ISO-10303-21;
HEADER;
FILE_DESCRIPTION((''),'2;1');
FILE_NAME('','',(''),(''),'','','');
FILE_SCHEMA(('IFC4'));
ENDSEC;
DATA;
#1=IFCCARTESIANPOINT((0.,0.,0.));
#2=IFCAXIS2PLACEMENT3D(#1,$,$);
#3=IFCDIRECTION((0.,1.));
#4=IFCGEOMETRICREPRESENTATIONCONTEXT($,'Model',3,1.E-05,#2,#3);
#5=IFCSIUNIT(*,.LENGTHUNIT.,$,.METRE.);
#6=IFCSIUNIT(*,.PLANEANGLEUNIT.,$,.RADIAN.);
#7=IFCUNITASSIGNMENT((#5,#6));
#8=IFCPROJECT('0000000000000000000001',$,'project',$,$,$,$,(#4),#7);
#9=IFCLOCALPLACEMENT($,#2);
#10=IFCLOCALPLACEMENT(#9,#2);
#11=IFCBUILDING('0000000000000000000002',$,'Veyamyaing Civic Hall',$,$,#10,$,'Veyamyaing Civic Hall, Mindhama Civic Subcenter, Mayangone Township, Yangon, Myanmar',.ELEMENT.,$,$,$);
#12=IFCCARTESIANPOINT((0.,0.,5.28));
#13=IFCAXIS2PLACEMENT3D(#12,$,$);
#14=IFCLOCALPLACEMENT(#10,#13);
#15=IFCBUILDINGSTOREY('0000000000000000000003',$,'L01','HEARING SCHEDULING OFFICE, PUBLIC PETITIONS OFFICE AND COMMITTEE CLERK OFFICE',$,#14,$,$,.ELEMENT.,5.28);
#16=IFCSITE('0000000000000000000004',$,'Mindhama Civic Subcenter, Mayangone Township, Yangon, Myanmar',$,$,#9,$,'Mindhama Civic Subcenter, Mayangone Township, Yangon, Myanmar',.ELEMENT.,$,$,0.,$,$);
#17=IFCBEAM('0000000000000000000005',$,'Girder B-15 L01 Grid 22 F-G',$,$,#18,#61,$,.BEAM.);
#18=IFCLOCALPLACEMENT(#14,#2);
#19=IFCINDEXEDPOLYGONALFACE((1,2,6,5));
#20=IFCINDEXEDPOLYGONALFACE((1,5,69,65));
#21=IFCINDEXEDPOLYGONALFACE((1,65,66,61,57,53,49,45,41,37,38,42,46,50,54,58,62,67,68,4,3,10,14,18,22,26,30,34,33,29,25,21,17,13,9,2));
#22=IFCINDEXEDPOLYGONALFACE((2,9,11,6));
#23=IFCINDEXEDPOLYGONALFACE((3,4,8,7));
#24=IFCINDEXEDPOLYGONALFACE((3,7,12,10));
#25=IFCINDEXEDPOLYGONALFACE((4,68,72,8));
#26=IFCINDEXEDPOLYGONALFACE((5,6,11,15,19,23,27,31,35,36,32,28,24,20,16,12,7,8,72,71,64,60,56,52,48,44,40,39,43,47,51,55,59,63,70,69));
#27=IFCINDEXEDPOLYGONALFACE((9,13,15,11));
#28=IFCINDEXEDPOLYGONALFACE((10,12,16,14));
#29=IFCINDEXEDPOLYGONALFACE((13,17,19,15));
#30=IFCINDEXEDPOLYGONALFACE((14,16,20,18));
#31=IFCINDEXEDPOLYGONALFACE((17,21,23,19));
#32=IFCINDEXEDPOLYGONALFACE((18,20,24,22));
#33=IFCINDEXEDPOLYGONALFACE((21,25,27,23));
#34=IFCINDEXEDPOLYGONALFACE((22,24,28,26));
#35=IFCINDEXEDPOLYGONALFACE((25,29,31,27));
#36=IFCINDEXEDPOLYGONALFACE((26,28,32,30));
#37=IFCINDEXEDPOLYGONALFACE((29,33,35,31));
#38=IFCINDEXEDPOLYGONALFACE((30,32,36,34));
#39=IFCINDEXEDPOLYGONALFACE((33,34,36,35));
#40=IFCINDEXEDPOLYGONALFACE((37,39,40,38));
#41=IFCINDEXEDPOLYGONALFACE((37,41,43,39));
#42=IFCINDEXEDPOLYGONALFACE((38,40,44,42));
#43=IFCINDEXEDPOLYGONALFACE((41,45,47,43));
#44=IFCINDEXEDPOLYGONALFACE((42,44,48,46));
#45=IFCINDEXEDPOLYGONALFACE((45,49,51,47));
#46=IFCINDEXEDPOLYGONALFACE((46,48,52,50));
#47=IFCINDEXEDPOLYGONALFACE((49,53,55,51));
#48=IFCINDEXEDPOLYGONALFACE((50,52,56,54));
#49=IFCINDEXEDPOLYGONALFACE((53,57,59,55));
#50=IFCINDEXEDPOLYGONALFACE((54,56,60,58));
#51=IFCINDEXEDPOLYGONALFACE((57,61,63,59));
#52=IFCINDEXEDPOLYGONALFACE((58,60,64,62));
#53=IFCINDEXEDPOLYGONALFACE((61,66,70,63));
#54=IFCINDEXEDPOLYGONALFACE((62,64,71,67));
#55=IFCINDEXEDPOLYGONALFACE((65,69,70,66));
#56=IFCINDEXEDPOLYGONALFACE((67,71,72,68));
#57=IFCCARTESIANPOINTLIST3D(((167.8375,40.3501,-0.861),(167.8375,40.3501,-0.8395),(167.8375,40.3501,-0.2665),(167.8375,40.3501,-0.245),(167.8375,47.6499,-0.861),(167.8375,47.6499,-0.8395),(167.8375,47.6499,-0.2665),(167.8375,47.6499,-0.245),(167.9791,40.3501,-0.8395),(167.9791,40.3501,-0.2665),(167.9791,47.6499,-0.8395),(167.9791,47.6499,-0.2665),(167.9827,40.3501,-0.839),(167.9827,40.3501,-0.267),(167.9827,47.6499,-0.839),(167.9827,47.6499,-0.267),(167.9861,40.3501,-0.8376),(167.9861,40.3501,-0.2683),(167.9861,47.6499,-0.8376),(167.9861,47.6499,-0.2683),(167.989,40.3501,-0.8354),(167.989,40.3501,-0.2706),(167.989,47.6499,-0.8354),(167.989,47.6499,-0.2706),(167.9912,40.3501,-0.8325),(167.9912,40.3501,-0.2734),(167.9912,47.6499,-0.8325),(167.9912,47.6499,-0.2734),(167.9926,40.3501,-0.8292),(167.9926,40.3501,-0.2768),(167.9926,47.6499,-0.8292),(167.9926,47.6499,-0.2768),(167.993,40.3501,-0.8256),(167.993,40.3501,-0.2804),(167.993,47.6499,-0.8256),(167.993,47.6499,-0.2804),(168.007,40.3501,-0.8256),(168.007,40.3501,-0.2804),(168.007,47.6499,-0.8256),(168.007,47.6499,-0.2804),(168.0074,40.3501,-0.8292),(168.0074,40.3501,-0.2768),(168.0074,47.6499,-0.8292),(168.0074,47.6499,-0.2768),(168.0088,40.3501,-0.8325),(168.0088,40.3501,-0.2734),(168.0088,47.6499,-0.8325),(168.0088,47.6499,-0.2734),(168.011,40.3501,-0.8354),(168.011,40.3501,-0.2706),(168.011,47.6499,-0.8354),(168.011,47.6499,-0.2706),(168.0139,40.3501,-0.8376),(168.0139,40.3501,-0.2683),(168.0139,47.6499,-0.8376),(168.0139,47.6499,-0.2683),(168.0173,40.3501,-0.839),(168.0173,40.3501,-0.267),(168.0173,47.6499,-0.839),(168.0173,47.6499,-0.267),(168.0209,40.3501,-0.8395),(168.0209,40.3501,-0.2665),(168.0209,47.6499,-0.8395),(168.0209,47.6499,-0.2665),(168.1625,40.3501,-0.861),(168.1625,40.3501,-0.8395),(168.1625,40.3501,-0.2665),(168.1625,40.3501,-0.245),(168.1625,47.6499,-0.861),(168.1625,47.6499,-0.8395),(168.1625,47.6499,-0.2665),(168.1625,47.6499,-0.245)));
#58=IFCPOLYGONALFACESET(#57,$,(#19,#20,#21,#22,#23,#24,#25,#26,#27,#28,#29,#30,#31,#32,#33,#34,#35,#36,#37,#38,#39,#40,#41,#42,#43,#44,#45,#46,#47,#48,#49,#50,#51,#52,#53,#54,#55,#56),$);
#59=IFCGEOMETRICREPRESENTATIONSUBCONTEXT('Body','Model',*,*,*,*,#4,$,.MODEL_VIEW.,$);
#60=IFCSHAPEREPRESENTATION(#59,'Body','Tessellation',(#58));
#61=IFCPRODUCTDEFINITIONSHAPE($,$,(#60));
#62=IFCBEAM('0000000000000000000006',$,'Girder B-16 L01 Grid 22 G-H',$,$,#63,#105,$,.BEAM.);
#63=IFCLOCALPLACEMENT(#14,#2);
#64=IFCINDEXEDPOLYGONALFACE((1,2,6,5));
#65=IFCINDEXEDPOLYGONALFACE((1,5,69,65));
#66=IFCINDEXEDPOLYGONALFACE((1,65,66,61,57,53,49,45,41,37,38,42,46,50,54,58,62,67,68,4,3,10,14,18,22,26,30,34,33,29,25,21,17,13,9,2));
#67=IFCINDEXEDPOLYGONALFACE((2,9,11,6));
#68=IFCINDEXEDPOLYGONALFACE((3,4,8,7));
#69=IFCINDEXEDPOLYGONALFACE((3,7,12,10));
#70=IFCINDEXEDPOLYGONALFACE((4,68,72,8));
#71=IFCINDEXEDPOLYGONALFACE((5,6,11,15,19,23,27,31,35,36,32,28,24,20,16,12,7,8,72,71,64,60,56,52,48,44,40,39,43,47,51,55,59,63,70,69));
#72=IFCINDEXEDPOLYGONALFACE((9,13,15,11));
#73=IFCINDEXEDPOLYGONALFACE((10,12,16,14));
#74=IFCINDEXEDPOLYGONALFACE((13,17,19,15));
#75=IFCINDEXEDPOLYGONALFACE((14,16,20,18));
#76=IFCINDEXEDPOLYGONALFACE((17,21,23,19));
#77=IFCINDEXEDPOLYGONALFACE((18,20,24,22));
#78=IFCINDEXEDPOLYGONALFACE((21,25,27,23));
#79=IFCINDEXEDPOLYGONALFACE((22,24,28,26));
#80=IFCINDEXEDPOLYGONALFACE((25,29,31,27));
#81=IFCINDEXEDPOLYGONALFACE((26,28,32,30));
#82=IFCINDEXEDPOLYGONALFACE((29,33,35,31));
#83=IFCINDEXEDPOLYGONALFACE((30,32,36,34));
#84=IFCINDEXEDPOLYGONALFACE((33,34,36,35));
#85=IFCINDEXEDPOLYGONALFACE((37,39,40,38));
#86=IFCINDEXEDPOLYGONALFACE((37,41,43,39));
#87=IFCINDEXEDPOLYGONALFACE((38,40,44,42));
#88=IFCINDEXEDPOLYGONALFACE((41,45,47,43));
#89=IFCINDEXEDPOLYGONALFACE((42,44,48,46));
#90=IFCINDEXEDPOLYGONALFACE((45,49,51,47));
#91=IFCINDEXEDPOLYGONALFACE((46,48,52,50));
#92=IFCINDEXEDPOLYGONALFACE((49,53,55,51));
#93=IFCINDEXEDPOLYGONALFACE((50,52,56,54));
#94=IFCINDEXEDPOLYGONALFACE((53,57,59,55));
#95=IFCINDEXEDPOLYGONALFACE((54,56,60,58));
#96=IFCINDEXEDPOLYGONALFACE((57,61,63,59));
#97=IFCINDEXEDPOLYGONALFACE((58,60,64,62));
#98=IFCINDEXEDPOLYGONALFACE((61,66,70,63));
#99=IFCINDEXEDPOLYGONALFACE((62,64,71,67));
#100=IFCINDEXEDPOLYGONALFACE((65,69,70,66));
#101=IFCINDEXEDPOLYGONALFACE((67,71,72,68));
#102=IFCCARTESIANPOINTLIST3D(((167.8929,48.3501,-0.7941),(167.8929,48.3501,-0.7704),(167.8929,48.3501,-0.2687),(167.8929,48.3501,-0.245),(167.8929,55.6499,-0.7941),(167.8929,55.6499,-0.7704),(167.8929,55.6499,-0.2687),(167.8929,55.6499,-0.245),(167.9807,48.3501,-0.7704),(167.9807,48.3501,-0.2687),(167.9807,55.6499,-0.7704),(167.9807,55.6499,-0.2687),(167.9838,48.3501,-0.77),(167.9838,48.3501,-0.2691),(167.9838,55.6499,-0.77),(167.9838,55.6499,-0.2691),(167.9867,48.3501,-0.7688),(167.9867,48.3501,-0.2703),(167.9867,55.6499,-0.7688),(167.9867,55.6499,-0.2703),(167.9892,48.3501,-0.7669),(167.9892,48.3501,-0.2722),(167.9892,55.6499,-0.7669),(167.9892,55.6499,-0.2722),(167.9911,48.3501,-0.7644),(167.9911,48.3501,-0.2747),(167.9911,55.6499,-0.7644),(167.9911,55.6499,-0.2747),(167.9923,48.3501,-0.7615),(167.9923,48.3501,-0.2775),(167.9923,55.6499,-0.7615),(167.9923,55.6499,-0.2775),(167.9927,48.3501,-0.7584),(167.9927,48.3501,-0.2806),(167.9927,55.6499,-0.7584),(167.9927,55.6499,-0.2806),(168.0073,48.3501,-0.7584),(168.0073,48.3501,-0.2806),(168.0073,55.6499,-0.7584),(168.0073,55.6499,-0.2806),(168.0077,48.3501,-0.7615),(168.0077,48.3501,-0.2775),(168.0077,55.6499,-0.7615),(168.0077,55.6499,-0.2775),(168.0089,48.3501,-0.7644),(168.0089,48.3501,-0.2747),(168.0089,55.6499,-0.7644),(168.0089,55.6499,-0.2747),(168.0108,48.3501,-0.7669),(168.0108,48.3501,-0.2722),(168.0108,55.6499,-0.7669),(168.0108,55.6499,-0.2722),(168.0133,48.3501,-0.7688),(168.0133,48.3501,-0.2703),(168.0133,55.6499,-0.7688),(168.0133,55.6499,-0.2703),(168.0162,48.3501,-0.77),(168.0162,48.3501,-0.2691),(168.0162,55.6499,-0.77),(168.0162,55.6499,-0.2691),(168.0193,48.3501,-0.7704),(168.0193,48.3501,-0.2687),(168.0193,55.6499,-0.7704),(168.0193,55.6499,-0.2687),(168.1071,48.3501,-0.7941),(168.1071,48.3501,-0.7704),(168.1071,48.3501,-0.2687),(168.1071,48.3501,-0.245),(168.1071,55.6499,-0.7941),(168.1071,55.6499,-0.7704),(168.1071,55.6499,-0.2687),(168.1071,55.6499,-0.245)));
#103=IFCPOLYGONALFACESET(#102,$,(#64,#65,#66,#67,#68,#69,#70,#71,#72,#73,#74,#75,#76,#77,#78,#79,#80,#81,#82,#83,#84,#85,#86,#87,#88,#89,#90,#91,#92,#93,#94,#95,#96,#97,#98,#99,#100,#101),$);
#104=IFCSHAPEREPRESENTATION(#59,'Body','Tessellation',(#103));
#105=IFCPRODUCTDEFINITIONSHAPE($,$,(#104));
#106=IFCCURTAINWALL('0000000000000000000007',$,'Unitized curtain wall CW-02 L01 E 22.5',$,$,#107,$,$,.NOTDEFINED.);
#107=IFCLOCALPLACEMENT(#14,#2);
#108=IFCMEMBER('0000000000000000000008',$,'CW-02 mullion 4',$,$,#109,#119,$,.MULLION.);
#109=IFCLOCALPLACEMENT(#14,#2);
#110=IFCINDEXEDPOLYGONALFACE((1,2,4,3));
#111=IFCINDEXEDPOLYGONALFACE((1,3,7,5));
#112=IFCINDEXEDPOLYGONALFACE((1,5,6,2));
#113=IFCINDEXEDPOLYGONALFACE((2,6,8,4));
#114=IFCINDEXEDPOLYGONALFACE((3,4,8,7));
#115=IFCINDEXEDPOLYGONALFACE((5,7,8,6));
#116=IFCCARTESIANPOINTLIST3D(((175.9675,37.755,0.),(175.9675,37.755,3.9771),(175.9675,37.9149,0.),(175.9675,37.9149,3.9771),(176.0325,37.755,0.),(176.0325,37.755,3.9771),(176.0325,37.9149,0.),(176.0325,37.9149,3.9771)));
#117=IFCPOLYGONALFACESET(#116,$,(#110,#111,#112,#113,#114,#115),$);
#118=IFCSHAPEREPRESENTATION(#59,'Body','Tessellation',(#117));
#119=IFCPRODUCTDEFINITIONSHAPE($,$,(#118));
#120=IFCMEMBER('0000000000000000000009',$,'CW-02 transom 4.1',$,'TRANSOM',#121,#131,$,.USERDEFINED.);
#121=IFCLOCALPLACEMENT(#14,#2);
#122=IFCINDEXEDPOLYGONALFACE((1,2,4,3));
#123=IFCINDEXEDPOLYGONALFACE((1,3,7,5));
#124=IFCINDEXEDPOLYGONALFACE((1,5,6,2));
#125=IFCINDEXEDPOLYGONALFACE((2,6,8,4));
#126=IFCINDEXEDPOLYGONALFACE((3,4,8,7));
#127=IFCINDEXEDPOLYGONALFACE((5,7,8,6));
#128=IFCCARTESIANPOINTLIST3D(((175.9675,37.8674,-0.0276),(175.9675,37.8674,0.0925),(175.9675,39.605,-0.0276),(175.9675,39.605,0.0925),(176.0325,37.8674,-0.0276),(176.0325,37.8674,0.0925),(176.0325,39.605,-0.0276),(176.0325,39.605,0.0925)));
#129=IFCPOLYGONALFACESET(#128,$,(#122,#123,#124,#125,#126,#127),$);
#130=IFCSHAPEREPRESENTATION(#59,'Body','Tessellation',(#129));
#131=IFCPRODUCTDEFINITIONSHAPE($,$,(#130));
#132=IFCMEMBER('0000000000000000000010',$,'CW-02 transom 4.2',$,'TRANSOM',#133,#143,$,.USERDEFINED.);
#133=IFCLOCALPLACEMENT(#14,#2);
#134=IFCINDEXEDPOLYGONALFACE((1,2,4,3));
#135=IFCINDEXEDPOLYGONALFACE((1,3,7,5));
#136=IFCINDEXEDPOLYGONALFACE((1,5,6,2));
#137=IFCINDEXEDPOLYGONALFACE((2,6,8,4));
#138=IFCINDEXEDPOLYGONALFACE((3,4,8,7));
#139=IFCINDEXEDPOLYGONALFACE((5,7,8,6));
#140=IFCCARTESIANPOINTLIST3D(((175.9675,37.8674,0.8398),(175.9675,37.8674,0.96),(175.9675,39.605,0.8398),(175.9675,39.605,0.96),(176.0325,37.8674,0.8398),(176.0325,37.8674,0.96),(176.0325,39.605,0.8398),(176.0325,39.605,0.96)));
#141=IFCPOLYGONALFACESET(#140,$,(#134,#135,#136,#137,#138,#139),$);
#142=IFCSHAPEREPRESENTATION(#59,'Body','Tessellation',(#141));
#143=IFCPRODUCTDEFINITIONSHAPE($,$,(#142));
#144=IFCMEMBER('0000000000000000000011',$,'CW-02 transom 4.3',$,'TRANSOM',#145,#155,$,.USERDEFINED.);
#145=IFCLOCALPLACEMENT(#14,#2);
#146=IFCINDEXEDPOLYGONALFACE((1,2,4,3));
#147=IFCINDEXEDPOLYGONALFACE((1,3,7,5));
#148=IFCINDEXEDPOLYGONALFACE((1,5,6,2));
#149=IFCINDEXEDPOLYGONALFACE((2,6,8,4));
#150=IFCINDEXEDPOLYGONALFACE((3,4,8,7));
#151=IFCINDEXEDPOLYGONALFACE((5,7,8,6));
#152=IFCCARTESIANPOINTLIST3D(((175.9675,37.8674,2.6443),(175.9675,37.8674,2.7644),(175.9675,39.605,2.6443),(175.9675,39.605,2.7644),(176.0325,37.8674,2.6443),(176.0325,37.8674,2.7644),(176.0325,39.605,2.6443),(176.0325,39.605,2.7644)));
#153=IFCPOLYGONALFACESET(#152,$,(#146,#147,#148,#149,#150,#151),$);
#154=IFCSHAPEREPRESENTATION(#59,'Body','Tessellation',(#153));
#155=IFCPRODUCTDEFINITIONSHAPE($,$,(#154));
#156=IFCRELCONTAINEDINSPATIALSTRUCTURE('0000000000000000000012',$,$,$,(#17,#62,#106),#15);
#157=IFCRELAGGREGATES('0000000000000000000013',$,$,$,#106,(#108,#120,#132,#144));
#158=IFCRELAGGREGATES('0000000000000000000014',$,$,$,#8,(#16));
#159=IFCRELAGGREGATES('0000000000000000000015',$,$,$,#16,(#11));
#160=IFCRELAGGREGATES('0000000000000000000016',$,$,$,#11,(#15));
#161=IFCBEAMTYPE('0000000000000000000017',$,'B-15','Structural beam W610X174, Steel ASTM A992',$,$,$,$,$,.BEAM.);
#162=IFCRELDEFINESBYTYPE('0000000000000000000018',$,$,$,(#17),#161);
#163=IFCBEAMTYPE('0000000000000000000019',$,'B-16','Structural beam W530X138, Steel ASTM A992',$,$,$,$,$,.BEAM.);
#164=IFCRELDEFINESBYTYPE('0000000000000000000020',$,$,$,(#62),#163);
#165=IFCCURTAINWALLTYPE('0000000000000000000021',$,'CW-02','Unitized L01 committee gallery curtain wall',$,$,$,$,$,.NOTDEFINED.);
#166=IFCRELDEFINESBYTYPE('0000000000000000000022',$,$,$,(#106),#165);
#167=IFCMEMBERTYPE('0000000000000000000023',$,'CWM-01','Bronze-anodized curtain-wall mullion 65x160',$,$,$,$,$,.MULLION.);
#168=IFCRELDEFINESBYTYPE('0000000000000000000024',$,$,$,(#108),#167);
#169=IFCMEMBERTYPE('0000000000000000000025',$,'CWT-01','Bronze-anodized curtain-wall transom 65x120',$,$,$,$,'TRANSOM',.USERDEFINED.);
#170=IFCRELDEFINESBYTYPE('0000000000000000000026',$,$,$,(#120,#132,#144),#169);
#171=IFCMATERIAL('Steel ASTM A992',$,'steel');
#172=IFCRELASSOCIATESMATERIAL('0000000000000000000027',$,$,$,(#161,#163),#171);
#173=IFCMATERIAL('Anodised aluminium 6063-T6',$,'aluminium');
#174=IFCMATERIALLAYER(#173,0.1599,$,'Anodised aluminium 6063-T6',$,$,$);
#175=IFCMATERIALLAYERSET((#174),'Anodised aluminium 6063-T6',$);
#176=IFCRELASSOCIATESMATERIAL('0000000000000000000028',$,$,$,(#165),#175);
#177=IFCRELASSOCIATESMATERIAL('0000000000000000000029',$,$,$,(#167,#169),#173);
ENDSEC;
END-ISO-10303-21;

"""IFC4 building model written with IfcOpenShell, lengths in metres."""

from ifc_helpers import new_model, si_unit, direction, frame, origin, origin_2d, place, context, subcontext, project, spatial, rectangle, i_section, extrude, material, layer, layer_set, material_profile, profile_set, type_object, element, aggregate, save


model = new_model("IFC4")

# Units and contexts
model_context = context("Model", 3, precision=1e-05, world=origin(), true_north=direction((0.0, 1.0)))
body_context = subcontext(model_context, "Body", "Model", "MODEL_VIEW")
ifc_project = project(units=[si_unit("LENGTHUNIT", "METRE"), si_unit("PLANEANGLEUNIT", "RADIAN")], contexts=[model_context])

# Site, building, storey
site_placement = place(None, origin())
site = spatial("IfcSite", under=ifc_project, at=site_placement, Name="Mindhama Civic Subcenter, Mayangone Township, Yangon, Myanmar", LongName="Mindhama Civic Subcenter, Mayangone Township, Yangon, Myanmar", CompositionType="ELEMENT", RefElevation=0.0)
building_placement = place(site_placement, origin())
building = spatial("IfcBuilding", under=site, at=building_placement, Name="Veyamyaing Civic Hall", LongName="Veyamyaing Civic Hall, Mindhama Civic Subcenter, Mayangone Township, Yangon, Myanmar", CompositionType="ELEMENT")
storey_placement = place(building_placement, frame((0.0, 0.0, 5.28)))
storey = spatial("IfcBuildingStorey", under=building, at=storey_placement, Name="L01", Description="HEARING SCHEDULING OFFICE, PUBLIC PETITIONS OFFICE AND COMMITTEE CLERK OFFICE", CompositionType="ELEMENT", Elevation=5.28)

# Beams
ifc_material_1 = material(Name="Steel ASTM A992", Category="steel")
ifc_material_profile_1 = material_profile(ifc_material_1, i_section(OverallWidth=0.325, OverallDepth=0.616, WebThickness=0.0139, FlangeThickness=0.0215, FilletRadius=0.0139, at=origin_2d()), Name="W610X174")
ifc_profile_set_1 = profile_set([ifc_material_profile_1], Name="Steel ASTM A992")
beam_type_1 = type_object("IfcBeamType", Name="B-15", Description="Structural beam W610X174, Steel ASTM A992", PredefinedType="BEAM", material=ifc_profile_set_1)
for number, where, z_axis, x_axis, name in (
    (1, (168.0, 40.3501, -0.553), (0.0, 1.0, 0.0), (-1.0, 0.0, 0.0), "Girder B-15 L01 Grid 22 F-G"),
):
    element("IfcBeam", number, at=place(storey_placement, frame(where, z_axis=z_axis, x_axis=x_axis)), inside=storey, type_object=beam_type_1, Name=name, PredefinedType="BEAM", context=body_context, shape_type="SweptSolid", body=[
        extrude(i_section(OverallWidth=0.325, OverallDepth=0.616, WebThickness=0.0139, FlangeThickness=0.0215, FilletRadius=0.0139, at=origin_2d()), origin(), (0.0, 0.0, 1.0), 7.2998),
    ])
ifc_material_profile_2 = material_profile(ifc_material_1, i_section(OverallWidth=0.2141, OverallDepth=0.5491, WebThickness=0.0146, FlangeThickness=0.0237, FilletRadius=0.012, at=origin_2d()), Name="W530X138")
ifc_profile_set_2 = profile_set([ifc_material_profile_2], Name="Steel ASTM A992")
beam_type_2 = type_object("IfcBeamType", Name="B-16", Description="Structural beam W530X138, Steel ASTM A992", PredefinedType="BEAM", material=ifc_profile_set_2)
beam_placement = place(storey_placement, frame((168.0, 48.3501, -0.5195), z_axis=(0.0, 1.0, 0.0), x_axis=(-1.0, 0.0, 0.0)))
element("IfcBeam", 2, at=beam_placement, inside=storey, type_object=beam_type_2, Name="Girder B-16 L01 Grid 22 G-H", PredefinedType="BEAM", context=body_context, shape_type="SweptSolid", body=[
    extrude(i_section(OverallWidth=0.2141, OverallDepth=0.5491, WebThickness=0.0146, FlangeThickness=0.0237, FilletRadius=0.012, at=origin_2d()), origin(), (0.0, 0.0, 1.0), 7.2998),
])

# Curtain wall, members
ifc_material_2 = material(Name="Anodised aluminium 6063-T6", Category="aluminium")
ifc_layer_1 = layer(ifc_material_2, 0.1599, Name="Anodised aluminium 6063-T6")
ifc_layer_set_1 = layer_set([ifc_layer_1], Name="Anodised aluminium 6063-T6")
curtain_wall_type = type_object("IfcCurtainWallType", Name="CW-02", Description="Unitized L01 committee gallery curtain wall", PredefinedType="NOTDEFINED", material=ifc_layer_set_1)
curtain_wall_placement = place(storey_placement, origin())
curtain_wall = element("IfcCurtainWall", 3, at=curtain_wall_placement, inside=storey, type_object=curtain_wall_type, Name="Unitized curtain wall CW-02 L01 E 22.5", PredefinedType="NOTDEFINED")
ifc_material_profile_3 = material_profile(ifc_material_2, rectangle(XDim=0.0649, YDim=0.1599, at=origin_2d()), Name="ALU-MUL-65X160")
ifc_profile_set_3 = profile_set([ifc_material_profile_3], Name="Anodised aluminium 6063-T6")
member_type_1 = type_object("IfcMemberType", Name="CWM-01", Description="Bronze-anodized curtain-wall mullion 65x160", PredefinedType="MULLION", material=ifc_profile_set_3)
member_1_placement = place(storey_placement, frame((176.0, 37.835, 0.0), z_axis=(0.0, 0.0, 1.0), x_axis=(-1.0, 0.0, 0.0)))
member_1 = element("IfcMember", 4, at=member_1_placement, type_object=member_type_1, Name="CW-02 mullion 4", PredefinedType="MULLION", context=body_context, shape_type="SweptSolid", body=[
    extrude(rectangle(XDim=0.0649, YDim=0.1599, at=origin_2d()), origin(), (0.0, 0.0, 1.0), 3.9771),
])
ifc_material_profile_4 = material_profile(ifc_material_2, rectangle(XDim=0.0649, YDim=0.1201, at=origin_2d()), Name="ALU-TRN-65X120")
ifc_profile_set_4 = profile_set([ifc_material_profile_4], Name="Anodised aluminium 6063-T6")
member_type_2 = type_object("IfcMemberType", Name="CWT-01", Description="Bronze-anodized curtain-wall transom 65x120", ElementType="TRANSOM", PredefinedType="USERDEFINED", material=ifc_profile_set_4)
member_2_placement = place(storey_placement, frame((176.0, 37.8674, 0.0325), z_axis=(0.0, 1.0, 0.0), x_axis=(-1.0, 0.0, 0.0)))
member_2 = element("IfcMember", 5, at=member_2_placement, type_object=member_type_2, Name="CW-02 transom 4.1", ObjectType="TRANSOM", PredefinedType="USERDEFINED", context=body_context, shape_type="SweptSolid", body=[
    extrude(rectangle(XDim=0.0649, YDim=0.1201, at=origin_2d()), origin(), (0.0, 0.0, 1.0), 1.7375),
])
member_3_placement = place(storey_placement, frame((176.0, 37.8674, 0.8999), z_axis=(0.0, 1.0, 0.0), x_axis=(-1.0, 0.0, 0.0)))
member_3 = element("IfcMember", 6, at=member_3_placement, type_object=member_type_2, Name="CW-02 transom 4.2", ObjectType="TRANSOM", PredefinedType="USERDEFINED", context=body_context, shape_type="SweptSolid", body=[
    extrude(rectangle(XDim=0.0649, YDim=0.1201, at=origin_2d()), origin(), (0.0, 0.0, 1.0), 1.7375),
])
member_4_placement = place(storey_placement, frame((176.0, 37.8674, 2.7043), z_axis=(0.0, 1.0, 0.0), x_axis=(-1.0, 0.0, 0.0)))
member_4 = element("IfcMember", 7, at=member_4_placement, type_object=member_type_2, Name="CW-02 transom 4.3", ObjectType="TRANSOM", PredefinedType="USERDEFINED", context=body_context, shape_type="SweptSolid", body=[
    extrude(rectangle(XDim=0.0649, YDim=0.1201, at=origin_2d()), origin(), (0.0, 0.0, 1.0), 1.7375),
])
aggregate(curtain_wall, [member_1, member_2, member_3, member_4])

save(model, "model.ifc")
